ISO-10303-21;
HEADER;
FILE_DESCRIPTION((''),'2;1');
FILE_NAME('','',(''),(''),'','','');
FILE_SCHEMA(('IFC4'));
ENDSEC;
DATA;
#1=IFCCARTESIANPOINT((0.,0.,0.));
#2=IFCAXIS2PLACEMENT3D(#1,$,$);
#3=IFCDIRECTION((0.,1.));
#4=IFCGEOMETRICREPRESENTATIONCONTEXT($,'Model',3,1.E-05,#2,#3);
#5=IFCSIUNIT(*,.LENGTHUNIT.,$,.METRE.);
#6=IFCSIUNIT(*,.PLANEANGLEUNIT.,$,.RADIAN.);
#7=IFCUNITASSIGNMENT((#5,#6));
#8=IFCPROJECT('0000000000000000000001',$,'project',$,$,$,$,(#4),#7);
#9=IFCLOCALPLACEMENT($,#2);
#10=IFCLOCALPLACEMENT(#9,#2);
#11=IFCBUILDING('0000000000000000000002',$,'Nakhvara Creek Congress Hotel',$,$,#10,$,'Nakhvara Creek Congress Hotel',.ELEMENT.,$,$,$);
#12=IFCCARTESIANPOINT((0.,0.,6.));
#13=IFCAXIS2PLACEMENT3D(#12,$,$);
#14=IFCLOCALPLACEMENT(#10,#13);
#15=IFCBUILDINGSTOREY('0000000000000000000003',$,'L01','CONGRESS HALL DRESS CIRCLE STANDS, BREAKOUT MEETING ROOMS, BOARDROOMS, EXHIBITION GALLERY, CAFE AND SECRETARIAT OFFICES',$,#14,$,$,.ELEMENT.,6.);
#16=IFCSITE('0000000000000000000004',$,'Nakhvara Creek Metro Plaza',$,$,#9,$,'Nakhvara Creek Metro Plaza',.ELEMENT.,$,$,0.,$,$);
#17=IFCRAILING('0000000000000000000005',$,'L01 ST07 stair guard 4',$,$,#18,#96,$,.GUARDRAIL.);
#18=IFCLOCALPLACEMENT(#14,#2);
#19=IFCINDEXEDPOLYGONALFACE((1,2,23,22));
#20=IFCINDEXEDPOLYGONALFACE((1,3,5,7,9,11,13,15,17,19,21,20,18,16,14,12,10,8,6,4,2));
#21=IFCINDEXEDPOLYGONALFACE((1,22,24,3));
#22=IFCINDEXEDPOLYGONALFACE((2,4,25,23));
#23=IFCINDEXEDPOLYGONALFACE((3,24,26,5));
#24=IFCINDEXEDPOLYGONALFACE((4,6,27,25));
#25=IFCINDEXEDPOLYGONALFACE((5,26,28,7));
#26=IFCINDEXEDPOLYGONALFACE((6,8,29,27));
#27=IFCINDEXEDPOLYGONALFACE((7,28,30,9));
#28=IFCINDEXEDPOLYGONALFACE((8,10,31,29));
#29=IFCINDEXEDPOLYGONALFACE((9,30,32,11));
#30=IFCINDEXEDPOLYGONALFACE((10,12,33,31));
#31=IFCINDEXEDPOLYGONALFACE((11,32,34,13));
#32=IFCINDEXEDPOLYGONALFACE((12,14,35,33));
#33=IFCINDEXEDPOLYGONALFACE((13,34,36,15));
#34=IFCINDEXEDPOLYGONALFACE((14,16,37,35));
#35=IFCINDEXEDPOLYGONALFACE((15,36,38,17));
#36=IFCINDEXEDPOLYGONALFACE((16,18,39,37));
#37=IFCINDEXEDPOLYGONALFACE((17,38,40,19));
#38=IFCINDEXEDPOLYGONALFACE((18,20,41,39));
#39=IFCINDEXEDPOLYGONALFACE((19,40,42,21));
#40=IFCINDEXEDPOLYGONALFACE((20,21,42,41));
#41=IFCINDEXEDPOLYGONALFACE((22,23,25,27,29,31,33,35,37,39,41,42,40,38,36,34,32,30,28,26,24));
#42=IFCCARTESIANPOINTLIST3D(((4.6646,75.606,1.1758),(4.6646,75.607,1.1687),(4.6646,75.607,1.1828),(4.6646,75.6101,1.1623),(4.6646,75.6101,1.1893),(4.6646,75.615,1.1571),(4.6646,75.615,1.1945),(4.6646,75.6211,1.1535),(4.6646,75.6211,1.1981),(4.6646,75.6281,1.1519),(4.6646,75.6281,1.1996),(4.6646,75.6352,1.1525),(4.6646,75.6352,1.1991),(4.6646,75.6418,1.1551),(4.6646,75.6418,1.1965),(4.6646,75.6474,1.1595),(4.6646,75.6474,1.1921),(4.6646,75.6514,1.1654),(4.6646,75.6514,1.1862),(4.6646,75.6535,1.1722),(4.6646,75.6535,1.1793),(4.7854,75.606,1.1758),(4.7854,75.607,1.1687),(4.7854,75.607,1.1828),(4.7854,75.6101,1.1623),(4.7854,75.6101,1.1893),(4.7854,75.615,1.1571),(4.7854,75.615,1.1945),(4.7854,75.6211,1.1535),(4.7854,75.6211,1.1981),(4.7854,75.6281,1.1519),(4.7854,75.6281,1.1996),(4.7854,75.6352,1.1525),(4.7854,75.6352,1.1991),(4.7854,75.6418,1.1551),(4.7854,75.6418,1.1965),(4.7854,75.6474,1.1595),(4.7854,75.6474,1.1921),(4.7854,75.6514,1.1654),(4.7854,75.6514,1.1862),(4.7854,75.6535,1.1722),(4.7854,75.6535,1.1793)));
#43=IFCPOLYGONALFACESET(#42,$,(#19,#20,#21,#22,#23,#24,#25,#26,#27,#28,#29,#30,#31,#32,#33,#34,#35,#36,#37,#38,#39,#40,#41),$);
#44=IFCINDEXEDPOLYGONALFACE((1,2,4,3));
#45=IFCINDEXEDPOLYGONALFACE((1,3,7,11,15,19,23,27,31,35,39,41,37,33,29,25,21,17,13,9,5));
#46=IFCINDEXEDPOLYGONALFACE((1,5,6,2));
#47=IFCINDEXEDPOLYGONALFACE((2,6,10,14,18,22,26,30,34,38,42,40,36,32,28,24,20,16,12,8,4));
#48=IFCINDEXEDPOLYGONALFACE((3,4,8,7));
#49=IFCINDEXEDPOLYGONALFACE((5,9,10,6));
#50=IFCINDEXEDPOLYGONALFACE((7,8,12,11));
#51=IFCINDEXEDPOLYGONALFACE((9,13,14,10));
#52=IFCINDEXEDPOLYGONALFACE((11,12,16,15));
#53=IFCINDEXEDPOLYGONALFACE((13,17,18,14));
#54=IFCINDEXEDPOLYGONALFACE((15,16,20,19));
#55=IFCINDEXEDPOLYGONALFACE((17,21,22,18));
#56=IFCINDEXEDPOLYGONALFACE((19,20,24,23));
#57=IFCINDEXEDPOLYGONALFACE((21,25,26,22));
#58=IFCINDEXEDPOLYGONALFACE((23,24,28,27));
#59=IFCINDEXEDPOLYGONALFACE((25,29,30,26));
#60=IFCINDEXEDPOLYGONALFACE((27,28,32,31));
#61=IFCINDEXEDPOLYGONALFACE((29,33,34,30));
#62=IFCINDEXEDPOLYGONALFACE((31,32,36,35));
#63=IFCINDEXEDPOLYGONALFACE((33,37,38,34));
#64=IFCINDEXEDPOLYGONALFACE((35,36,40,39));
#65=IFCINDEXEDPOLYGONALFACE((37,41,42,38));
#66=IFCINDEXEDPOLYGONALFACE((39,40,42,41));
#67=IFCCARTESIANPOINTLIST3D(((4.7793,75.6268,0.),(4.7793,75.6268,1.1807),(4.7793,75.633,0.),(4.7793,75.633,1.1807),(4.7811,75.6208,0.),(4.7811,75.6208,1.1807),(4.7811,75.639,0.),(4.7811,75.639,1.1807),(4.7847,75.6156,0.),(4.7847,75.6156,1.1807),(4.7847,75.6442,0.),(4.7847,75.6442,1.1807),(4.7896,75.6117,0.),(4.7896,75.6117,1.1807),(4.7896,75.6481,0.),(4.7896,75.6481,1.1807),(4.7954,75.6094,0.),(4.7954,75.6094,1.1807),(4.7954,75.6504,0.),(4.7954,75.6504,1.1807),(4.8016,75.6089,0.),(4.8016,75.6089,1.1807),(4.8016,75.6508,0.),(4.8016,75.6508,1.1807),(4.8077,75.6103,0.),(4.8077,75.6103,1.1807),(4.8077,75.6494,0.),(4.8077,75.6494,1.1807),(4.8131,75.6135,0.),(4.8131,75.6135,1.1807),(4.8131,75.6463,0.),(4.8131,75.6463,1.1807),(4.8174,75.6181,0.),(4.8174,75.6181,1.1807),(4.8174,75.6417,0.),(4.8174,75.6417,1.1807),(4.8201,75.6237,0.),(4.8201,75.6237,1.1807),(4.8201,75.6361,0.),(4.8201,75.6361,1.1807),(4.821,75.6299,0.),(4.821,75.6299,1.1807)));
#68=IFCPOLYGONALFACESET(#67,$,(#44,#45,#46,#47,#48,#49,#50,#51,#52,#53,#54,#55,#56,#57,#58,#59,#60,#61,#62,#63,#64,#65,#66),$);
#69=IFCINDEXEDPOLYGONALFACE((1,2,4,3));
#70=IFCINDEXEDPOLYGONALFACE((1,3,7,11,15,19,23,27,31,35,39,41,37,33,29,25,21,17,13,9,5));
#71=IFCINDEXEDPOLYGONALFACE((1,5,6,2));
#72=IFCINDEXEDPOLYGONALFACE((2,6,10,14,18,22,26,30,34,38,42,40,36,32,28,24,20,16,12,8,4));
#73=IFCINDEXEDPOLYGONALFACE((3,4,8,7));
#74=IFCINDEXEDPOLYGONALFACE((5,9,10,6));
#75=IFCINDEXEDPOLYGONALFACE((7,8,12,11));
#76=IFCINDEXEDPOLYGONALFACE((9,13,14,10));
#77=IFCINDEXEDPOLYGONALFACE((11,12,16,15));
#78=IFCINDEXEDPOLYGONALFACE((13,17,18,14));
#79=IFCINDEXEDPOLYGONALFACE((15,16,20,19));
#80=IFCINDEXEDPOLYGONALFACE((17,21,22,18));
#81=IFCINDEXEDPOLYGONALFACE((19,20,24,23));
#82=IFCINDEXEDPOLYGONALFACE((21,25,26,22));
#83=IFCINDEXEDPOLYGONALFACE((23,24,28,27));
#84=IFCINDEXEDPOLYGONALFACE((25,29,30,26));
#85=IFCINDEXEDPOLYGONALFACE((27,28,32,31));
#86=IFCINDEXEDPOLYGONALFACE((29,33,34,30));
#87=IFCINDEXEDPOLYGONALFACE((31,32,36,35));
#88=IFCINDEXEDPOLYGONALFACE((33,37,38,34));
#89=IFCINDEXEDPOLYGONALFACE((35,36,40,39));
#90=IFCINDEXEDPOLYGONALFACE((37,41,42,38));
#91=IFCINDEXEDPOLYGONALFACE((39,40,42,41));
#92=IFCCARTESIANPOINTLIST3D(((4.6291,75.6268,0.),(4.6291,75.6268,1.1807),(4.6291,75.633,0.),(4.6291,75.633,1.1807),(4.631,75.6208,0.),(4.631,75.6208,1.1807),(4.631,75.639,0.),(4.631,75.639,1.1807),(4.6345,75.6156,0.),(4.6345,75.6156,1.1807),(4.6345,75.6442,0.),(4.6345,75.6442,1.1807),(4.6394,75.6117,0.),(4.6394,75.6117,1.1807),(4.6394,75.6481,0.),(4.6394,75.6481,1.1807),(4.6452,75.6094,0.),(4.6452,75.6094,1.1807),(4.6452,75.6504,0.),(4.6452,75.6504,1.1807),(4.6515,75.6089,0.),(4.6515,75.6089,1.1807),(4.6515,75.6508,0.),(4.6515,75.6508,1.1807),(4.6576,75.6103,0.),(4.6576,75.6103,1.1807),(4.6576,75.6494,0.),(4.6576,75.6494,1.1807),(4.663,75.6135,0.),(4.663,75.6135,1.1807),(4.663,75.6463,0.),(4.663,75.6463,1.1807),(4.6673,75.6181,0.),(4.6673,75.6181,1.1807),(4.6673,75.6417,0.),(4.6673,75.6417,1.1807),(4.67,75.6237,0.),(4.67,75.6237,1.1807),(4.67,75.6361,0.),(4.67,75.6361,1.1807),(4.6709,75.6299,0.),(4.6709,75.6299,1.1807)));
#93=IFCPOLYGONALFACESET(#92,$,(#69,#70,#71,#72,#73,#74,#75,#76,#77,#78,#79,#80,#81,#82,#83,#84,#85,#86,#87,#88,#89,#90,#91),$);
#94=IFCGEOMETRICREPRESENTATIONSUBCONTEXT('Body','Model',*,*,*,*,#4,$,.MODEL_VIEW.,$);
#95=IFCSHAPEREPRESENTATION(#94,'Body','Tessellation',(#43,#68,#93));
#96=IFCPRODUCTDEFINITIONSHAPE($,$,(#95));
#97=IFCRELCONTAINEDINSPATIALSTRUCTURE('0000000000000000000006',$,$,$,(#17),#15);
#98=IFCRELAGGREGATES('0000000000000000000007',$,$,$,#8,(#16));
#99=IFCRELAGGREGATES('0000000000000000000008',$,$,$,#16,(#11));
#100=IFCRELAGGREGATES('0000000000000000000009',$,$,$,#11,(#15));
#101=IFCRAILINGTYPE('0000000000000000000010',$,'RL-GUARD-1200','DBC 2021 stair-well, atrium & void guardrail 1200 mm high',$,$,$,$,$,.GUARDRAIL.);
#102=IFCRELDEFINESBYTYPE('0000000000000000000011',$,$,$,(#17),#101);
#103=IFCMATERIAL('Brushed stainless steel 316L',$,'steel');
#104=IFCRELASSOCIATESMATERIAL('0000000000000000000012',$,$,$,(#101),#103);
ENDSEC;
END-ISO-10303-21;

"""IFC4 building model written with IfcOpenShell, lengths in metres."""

from ifc_helpers import new_model, si_unit, direction, frame, origin, origin_2d, place, context, subcontext, project, spatial, circle, extrude, material, type_object, element, save


model = new_model("IFC4")

# Units and contexts
model_context = context("Model", 3, precision=1e-05, world=origin(), true_north=direction((0.0, 1.0)))
body_context = subcontext(model_context, "Body", "Model", "MODEL_VIEW")
ifc_project = project(units=[si_unit("LENGTHUNIT", "METRE"), si_unit("PLANEANGLEUNIT", "RADIAN")], contexts=[model_context])

# Site, building, storey
site_placement = place(None, origin())
site = spatial("IfcSite", under=ifc_project, at=site_placement, Name="Nakhvara Creek Metro Plaza", LongName="Nakhvara Creek Metro Plaza", CompositionType="ELEMENT", RefElevation=0.0)
building_placement = place(site_placement, origin())
building = spatial("IfcBuilding", under=site, at=building_placement, Name="Nakhvara Creek Congress Hotel", LongName="Nakhvara Creek Congress Hotel", CompositionType="ELEMENT")
storey_placement = place(building_placement, frame((0.0, 0.0, 6.0)))
storey = spatial("IfcBuildingStorey", under=building, at=storey_placement, Name="L01", Description="CONGRESS HALL DRESS CIRCLE STANDS, BREAKOUT MEETING ROOMS, BOARDROOMS, EXHIBITION GALLERY, CAFE AND SECRETARIAT OFFICES", CompositionType="ELEMENT", Elevation=6.0)

# Railing
ifc_material_1 = material(Name="Brushed stainless steel 316L", Category="steel")
railing_type_1 = type_object("IfcRailingType", Name="RL-GUARD-1200", Description="DBC 2021 stair-well, atrium & void guardrail 1200 mm high", PredefinedType="GUARDRAIL", material=ifc_material_1)
railing_1_placement = place(storey_placement, frame((4.8, 75.6299, 0.0)))
element("IfcRailing", 1, at=railing_1_placement, inside=storey, type_object=railing_type_1, Name="L01 ST07 stair guard 4", PredefinedType="GUARDRAIL", context=body_context, shape_type="SweptSolid", body=[
    extrude(circle(Radius=0.0239, at=origin_2d()), frame((-0.0146, 0.0, 1.1758), z_axis=(-1.0, 0.0, 0.0), x_axis=(0.0, -1.0, 0.0)), (0.0, 0.0, 1.0), 0.1208),
    extrude(circle(Radius=0.021, at=origin_2d()), origin(), (0.0, 0.0, 1.0), 1.1807),
    extrude(circle(Radius=0.021, at=origin_2d()), frame((-0.1501, 0.0, 0.0)), (0.0, 0.0, 1.0), 1.1807),
])

save(model, "model.ifc")
